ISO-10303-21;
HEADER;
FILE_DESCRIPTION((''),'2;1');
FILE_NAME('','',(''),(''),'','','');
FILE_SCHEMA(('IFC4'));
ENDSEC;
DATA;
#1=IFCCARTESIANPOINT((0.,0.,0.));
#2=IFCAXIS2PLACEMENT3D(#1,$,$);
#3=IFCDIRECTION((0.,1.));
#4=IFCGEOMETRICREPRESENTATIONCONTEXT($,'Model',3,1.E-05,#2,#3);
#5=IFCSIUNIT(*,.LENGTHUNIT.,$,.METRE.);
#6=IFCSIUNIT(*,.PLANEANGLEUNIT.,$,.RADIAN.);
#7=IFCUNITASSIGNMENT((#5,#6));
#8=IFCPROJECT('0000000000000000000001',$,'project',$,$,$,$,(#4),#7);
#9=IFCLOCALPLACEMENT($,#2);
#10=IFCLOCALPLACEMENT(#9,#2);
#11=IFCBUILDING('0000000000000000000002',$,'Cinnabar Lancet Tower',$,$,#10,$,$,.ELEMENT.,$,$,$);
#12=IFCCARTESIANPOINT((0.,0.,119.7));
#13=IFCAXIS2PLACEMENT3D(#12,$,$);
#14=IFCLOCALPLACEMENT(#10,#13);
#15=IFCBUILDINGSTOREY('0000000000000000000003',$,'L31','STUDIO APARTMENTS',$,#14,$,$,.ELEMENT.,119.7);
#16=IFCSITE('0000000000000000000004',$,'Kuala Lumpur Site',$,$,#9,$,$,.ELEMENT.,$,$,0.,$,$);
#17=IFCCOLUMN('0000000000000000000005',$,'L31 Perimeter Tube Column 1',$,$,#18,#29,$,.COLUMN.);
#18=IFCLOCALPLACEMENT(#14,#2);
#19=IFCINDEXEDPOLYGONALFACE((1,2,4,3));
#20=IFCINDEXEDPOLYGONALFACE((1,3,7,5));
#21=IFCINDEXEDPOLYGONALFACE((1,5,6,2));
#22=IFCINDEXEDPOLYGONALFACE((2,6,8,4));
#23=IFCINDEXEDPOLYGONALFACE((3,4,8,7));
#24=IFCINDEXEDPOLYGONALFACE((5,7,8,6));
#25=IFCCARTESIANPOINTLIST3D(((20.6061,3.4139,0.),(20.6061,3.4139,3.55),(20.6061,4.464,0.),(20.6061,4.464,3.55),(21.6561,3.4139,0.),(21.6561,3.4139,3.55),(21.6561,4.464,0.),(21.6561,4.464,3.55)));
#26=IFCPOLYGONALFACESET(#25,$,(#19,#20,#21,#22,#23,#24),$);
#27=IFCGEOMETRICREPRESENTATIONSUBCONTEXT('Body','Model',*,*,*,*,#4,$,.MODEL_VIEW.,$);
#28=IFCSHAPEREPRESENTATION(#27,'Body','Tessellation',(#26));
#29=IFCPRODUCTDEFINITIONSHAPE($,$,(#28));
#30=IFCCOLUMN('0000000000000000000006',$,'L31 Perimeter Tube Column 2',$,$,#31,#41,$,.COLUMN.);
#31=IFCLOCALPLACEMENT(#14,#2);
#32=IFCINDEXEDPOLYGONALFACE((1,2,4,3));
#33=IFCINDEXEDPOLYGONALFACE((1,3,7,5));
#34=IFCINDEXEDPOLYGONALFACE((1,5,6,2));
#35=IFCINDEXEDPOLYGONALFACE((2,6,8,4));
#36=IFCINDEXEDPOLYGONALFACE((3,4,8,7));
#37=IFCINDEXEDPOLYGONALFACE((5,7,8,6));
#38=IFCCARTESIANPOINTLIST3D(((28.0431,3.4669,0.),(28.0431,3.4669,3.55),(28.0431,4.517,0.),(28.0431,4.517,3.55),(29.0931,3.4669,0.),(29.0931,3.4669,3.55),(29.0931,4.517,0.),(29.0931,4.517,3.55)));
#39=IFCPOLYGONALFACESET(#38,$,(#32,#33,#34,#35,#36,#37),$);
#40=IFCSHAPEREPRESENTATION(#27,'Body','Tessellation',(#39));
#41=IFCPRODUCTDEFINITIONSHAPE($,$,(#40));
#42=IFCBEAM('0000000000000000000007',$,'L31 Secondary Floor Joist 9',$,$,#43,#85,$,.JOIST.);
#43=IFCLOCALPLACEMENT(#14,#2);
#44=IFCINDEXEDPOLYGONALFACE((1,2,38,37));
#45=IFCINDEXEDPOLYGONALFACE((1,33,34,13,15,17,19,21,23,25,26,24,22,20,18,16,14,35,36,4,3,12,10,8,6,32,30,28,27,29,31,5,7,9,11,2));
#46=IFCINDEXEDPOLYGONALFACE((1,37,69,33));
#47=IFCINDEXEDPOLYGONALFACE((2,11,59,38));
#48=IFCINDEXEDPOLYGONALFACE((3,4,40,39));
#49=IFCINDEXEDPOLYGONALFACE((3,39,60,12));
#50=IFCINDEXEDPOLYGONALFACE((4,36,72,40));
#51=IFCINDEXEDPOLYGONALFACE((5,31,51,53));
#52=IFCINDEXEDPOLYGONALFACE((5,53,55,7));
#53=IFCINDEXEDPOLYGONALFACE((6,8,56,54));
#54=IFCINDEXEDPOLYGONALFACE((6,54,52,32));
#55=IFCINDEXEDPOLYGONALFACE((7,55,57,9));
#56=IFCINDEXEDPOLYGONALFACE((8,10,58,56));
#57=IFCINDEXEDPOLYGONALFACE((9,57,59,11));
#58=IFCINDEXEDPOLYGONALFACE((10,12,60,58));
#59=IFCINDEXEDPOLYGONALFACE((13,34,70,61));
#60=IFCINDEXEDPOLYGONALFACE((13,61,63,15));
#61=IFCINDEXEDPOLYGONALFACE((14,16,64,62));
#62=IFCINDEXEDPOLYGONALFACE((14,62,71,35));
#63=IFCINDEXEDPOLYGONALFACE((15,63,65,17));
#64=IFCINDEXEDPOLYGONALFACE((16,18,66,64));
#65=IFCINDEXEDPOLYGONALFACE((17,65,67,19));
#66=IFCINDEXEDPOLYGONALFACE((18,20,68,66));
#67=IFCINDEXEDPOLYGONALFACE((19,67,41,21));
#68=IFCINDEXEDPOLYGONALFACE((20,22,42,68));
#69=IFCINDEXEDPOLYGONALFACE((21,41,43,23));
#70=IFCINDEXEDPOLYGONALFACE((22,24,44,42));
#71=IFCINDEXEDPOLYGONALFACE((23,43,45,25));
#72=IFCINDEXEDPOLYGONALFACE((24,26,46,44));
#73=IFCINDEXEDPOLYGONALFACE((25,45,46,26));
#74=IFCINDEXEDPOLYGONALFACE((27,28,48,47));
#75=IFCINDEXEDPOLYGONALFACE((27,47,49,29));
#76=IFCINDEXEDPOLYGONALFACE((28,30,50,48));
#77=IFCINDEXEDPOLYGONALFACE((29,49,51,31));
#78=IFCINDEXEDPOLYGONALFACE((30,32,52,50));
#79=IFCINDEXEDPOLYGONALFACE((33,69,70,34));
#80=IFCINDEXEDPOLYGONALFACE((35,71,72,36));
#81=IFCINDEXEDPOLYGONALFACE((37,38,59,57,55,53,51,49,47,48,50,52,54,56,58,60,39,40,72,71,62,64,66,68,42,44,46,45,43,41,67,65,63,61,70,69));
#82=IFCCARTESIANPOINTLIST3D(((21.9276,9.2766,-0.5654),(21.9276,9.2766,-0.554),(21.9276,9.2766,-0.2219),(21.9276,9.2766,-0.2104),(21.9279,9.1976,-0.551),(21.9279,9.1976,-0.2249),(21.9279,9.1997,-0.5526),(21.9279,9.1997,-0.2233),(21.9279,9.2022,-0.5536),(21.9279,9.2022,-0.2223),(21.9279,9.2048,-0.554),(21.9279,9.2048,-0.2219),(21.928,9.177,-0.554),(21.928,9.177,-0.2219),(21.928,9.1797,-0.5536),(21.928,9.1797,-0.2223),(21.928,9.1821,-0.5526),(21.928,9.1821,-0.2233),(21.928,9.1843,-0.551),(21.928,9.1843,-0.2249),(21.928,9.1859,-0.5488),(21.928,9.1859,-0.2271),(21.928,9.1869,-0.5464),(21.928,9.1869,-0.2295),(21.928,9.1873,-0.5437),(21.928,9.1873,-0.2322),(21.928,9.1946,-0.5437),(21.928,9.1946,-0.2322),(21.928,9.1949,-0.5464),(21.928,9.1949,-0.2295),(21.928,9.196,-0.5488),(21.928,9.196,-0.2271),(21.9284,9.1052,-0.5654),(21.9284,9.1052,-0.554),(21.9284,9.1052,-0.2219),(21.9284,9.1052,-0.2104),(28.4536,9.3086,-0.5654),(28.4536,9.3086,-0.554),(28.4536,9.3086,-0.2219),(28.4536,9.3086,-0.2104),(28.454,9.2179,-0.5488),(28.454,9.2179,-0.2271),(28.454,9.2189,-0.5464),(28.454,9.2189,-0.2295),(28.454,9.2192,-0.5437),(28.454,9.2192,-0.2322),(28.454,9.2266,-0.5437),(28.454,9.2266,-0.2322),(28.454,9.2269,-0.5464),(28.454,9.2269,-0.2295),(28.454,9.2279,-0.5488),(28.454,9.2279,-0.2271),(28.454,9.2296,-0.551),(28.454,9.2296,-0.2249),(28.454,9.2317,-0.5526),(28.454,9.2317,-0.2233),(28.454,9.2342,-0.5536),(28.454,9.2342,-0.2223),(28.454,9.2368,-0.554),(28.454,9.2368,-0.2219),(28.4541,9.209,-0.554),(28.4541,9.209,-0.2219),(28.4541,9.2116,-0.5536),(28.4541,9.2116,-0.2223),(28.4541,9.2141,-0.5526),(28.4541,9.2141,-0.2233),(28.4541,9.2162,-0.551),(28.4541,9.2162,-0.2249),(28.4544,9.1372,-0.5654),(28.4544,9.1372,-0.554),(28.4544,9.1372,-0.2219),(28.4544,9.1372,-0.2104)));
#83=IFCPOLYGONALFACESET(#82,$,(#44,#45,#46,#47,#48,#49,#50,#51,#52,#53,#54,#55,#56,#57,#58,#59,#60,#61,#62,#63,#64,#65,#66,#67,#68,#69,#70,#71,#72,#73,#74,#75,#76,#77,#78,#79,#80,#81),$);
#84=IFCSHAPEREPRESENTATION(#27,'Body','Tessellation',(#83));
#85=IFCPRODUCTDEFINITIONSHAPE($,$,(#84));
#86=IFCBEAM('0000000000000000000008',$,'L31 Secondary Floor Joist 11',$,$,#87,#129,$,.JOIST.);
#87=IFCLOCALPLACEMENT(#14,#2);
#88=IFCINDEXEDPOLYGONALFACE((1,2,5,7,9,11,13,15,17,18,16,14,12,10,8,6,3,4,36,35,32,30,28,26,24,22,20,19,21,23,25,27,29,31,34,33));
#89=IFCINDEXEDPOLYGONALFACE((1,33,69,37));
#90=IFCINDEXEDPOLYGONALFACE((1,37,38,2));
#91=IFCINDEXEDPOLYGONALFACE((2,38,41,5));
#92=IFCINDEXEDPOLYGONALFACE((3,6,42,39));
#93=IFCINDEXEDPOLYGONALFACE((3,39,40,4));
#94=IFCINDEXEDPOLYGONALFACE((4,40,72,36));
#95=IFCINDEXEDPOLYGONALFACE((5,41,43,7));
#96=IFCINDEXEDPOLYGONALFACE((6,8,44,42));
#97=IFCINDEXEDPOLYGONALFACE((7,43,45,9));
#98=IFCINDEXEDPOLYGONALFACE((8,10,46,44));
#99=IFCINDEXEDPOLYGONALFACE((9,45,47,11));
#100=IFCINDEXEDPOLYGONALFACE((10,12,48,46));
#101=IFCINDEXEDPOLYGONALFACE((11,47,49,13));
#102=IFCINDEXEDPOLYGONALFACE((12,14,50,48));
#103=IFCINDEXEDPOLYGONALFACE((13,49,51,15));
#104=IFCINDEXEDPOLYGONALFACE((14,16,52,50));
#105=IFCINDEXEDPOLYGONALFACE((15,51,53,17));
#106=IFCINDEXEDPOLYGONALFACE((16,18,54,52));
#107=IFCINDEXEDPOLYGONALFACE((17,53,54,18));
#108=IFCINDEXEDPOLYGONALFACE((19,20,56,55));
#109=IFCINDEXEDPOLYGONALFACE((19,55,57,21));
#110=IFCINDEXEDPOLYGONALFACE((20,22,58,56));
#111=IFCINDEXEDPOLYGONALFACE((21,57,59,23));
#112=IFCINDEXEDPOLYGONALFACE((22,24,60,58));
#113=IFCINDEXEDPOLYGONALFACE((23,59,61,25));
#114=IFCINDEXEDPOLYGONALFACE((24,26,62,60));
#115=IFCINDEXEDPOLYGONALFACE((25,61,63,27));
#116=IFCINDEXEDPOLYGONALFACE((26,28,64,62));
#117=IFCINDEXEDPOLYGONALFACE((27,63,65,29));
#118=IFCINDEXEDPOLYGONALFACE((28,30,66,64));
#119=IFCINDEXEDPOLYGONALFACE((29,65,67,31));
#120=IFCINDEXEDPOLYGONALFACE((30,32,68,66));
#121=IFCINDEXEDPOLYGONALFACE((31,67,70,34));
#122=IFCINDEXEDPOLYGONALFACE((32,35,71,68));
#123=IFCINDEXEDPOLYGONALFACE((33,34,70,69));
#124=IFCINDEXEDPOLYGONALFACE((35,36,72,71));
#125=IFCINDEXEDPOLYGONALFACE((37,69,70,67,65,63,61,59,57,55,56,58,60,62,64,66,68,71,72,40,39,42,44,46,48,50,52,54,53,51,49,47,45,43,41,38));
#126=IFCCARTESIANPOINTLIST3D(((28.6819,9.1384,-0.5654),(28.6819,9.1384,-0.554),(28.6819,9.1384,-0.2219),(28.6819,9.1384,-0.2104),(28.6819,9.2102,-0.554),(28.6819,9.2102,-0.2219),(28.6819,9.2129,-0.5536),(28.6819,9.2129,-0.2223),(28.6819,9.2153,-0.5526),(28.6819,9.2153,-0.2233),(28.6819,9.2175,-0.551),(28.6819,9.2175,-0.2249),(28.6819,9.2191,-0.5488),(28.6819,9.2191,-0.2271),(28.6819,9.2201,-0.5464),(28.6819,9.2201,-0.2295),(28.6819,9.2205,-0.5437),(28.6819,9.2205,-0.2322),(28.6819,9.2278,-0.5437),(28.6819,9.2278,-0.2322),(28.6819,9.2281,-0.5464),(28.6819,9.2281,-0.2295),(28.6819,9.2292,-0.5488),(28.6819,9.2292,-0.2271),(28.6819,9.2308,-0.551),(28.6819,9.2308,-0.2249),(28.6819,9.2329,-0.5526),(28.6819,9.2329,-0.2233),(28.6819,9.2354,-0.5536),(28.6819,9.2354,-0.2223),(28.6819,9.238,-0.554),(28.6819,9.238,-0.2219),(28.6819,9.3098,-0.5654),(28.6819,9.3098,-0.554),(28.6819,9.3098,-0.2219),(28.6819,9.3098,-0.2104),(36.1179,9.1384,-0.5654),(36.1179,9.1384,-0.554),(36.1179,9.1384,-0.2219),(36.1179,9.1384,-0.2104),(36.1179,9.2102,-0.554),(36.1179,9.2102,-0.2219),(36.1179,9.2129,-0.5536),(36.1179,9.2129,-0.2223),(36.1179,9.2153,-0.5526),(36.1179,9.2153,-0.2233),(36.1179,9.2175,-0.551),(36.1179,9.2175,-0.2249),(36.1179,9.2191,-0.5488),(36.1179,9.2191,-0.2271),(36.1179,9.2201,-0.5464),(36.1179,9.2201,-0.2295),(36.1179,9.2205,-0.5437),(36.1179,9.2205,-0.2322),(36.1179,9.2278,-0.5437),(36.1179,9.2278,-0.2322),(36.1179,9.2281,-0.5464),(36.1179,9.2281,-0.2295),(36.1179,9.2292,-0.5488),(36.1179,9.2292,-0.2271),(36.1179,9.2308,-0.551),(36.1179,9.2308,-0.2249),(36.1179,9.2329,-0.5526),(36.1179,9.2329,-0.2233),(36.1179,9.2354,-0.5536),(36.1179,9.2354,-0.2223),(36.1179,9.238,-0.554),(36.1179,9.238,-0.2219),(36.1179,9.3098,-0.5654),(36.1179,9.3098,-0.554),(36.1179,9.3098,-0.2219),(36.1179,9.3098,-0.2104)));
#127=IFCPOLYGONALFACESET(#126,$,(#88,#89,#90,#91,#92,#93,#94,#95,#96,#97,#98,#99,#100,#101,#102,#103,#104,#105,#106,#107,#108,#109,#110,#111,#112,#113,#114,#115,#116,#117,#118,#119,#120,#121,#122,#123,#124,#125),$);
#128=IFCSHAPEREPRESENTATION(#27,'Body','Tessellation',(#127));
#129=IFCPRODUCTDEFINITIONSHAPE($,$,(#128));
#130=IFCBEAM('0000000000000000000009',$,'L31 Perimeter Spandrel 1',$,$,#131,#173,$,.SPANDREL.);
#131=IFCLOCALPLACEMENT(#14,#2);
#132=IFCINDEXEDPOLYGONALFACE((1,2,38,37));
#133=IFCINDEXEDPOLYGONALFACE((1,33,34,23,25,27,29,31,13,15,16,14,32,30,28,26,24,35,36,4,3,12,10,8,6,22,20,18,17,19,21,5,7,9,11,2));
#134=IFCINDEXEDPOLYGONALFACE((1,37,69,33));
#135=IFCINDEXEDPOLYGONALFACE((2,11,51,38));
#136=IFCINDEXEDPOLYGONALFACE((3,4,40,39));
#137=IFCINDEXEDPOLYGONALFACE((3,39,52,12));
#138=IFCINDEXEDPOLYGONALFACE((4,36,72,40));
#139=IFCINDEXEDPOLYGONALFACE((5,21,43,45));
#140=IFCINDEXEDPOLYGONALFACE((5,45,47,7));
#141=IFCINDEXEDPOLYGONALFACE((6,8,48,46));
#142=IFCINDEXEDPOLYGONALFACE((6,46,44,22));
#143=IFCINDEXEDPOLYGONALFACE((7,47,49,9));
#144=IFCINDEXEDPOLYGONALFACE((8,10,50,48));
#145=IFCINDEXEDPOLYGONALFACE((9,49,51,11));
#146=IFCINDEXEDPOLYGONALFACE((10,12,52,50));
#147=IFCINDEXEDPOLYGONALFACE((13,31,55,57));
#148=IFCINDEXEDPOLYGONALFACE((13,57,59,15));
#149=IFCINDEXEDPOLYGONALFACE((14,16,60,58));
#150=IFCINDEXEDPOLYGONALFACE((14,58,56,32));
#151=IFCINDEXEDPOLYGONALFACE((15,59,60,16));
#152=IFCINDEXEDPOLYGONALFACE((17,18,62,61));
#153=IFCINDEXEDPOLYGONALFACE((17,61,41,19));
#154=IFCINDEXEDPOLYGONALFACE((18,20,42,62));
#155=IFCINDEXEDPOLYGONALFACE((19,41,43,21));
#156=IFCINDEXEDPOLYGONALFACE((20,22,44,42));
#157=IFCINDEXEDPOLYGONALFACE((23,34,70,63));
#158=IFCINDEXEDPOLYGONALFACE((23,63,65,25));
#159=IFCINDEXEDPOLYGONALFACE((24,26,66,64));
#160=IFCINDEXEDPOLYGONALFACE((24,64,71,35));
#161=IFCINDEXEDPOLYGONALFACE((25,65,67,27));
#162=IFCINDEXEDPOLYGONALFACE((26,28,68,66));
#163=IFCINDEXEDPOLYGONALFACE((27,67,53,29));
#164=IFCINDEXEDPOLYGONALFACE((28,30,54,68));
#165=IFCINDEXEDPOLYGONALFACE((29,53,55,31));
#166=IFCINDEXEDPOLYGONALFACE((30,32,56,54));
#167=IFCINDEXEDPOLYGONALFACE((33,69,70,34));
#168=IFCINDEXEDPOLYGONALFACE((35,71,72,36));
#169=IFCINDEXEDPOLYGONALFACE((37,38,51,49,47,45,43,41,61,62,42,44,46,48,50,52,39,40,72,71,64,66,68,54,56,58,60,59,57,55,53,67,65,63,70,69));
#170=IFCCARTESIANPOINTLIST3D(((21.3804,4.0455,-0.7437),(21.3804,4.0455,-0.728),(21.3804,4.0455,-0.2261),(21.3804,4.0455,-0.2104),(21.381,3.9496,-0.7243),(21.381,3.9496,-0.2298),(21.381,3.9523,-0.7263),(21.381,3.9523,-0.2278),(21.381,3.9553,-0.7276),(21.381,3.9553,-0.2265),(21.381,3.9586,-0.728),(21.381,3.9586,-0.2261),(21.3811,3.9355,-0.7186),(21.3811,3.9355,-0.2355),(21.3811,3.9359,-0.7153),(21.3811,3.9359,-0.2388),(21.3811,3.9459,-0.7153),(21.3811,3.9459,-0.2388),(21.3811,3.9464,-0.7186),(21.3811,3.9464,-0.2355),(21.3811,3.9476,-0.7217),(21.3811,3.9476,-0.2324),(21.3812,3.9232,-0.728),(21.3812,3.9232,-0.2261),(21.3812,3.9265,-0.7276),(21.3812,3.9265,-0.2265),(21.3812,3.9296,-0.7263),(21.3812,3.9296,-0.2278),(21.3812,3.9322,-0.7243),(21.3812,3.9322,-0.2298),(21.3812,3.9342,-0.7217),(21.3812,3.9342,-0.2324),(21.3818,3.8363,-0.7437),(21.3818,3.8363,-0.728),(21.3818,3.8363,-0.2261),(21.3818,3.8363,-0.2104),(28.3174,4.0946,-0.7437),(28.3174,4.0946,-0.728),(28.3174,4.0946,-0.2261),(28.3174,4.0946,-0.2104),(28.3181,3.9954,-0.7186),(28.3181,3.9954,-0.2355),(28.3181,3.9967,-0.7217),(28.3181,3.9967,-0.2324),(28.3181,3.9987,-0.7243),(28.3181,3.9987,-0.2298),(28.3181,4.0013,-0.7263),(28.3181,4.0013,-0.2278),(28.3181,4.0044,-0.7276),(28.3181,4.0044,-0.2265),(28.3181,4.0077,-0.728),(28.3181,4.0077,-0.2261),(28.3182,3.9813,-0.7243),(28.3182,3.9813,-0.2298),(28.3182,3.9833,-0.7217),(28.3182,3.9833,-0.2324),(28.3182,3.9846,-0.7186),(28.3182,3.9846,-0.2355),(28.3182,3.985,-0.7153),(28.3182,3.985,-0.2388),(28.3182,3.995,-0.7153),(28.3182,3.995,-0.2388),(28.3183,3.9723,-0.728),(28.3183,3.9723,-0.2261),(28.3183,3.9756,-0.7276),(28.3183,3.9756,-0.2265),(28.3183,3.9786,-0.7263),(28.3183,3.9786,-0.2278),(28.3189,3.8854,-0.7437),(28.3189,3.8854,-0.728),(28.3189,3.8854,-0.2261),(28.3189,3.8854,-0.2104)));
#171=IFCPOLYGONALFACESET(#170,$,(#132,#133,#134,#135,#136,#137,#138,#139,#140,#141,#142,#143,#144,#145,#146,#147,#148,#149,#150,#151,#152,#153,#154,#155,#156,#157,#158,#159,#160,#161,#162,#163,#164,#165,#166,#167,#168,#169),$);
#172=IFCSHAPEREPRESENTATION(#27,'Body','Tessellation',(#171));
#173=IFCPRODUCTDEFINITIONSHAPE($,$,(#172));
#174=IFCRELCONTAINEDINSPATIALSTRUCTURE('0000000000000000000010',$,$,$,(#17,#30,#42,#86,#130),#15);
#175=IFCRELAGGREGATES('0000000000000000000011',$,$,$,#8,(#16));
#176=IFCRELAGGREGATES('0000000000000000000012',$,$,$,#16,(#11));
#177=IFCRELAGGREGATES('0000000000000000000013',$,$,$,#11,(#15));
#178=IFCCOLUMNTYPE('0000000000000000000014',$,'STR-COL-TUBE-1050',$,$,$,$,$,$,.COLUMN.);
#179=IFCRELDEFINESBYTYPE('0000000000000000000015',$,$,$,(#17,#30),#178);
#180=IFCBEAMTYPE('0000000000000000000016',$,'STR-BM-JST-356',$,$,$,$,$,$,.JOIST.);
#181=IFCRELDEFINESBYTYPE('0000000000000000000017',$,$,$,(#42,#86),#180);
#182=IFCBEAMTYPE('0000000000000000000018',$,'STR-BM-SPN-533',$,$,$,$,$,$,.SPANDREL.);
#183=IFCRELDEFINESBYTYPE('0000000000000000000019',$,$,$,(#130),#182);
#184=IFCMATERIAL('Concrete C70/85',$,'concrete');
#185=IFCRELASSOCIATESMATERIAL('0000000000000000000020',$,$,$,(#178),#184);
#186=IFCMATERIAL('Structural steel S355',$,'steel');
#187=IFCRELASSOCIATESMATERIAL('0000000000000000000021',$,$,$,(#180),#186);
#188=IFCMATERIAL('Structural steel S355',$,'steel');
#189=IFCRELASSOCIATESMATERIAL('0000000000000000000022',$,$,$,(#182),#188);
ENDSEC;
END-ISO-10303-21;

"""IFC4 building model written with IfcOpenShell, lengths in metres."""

from ifc_helpers import new_model, si_unit, direction, frame, origin, origin_2d, place, context, subcontext, project, spatial, rectangle, i_section, extrude, material, material_profile, profile_set, type_object, element, save


model = new_model("IFC4")

# Units and contexts
model_context = context("Model", 3, precision=1e-05, world=origin(), true_north=direction((0.0, 1.0)))
body_context = subcontext(model_context, "Body", "Model", "MODEL_VIEW")
ifc_project = project(units=[si_unit("LENGTHUNIT", "METRE"), si_unit("PLANEANGLEUNIT", "RADIAN")], contexts=[model_context])

# Site, building, storey
site_placement = place(None, origin())
site = spatial("IfcSite", under=ifc_project, at=site_placement, Name="Kuala Lumpur Site", CompositionType="ELEMENT", RefElevation=0.0)
building_placement = place(site_placement, origin())
building = spatial("IfcBuilding", under=site, at=building_placement, Name="Cinnabar Lancet Tower", CompositionType="ELEMENT")
storey_placement = place(building_placement, frame((0.0, 0.0, 119.7)))
storey = spatial("IfcBuildingStorey", under=building, at=storey_placement, Name="L31", Description="STUDIO APARTMENTS", CompositionType="ELEMENT", Elevation=119.7)

# Columns
ifc_material_1 = material(Name="Concrete C70/85", Category="concrete")
ifc_material_profile_1 = material_profile(ifc_material_1, rectangle(XDim=1.05, YDim=1.05, at=origin_2d()), Name="RC-COL 1050x1050")
ifc_profile_set_1 = profile_set([ifc_material_profile_1], Name="Concrete C70/85")
column_type = type_object("IfcColumnType", Name="STR-COL-TUBE-1050", PredefinedType="COLUMN", material=ifc_profile_set_1)
for number, where, z_axis, x_axis, name in (
    (1, (21.1311, 3.939, 0.0), (0.0, 0.0, 1.0), (1.0, 0.0, 0.0), "L31 Perimeter Tube Column 1"),
    (2, (28.5681, 3.9919, 0.0), (0.0, 0.0, 1.0), (1.0, 0.0, 0.0), "L31 Perimeter Tube Column 2"),
):
    element("IfcColumn", number, at=place(storey_placement, frame(where, z_axis=z_axis, x_axis=x_axis)), inside=storey, type_object=column_type, Name=name, PredefinedType="COLUMN", context=body_context, shape_type="SweptSolid", body=[
        extrude(rectangle(XDim=1.05, YDim=1.05, at=origin_2d()), origin(), (0.0, 0.0, 1.0), 3.55),
    ])

# Beams
ifc_material_2 = material(Name="Structural steel S355", Category="steel")
ifc_material_profile_2 = material_profile(ifc_material_2, i_section(OverallWidth=0.1714, OverallDepth=0.355, WebThickness=0.0073, FlangeThickness=0.0115, FilletRadius=0.0103, at=origin_2d()), Name="UKB 356x171x51")
ifc_profile_set_2 = profile_set([ifc_material_profile_2], Name="Structural steel S355")
beam_type_1 = type_object("IfcBeamType", Name="STR-BM-JST-356", PredefinedType="JOIST", material=ifc_profile_set_2)
beam_1_placement = place(storey_placement, frame((21.928, 9.1909, -0.3879), z_axis=(0.999988, 0.004901, 0.0), x_axis=(-0.004901, 0.999988, 0.0)))
element("IfcBeam", 3, at=beam_1_placement, inside=storey, type_object=beam_type_1, Name="L31 Secondary Floor Joist 9", PredefinedType="JOIST", context=body_context, shape_type="SweptSolid", body=[
    extrude(i_section(OverallWidth=0.1714, OverallDepth=0.355, WebThickness=0.0073, FlangeThickness=0.0115, FilletRadius=0.0103, at=origin_2d()), origin(), (0.0, 0.0, 1.0), 6.5261),
])
beam_2_placement = place(storey_placement, frame((28.6819, 9.2241, -0.3879), z_axis=(1.0, 0.0, 0.0), x_axis=(0.0, 1.0, 0.0)))
element("IfcBeam", 4, at=beam_2_placement, inside=storey, type_object=beam_type_1, Name="L31 Secondary Floor Joist 11", PredefinedType="JOIST", context=body_context, shape_type="SweptSolid", body=[
    extrude(i_section(OverallWidth=0.1714, OverallDepth=0.355, WebThickness=0.0073, FlangeThickness=0.0115, FilletRadius=0.0103, at=origin_2d()), origin(), (0.0, 0.0, 1.0), 7.436),
])
ifc_material_3 = material(Name="Structural steel S355", Category="steel")
ifc_material_profile_3 = material_profile(ifc_material_3, i_section(OverallWidth=0.2092, OverallDepth=0.5332, WebThickness=0.01, FlangeThickness=0.0156, FilletRadius=0.0127, at=origin_2d()), Name="UKB 533x210x92")
ifc_profile_set_3 = profile_set([ifc_material_profile_3], Name="Structural steel S355")
beam_type_2 = type_object("IfcBeamType", Name="STR-BM-SPN-533", PredefinedType="SPANDREL", material=ifc_profile_set_3)
beam_3_placement = place(storey_placement, frame((21.3811, 3.9409, -0.4771), z_axis=(0.999975, 0.007074, 0.0), x_axis=(-0.007074, 0.999975, 0.0)))
element("IfcBeam", 5, at=beam_3_placement, inside=storey, type_object=beam_type_2, Name="L31 Perimeter Spandrel 1", PredefinedType="SPANDREL", context=body_context, shape_type="SweptSolid", body=[
    extrude(i_section(OverallWidth=0.2092, OverallDepth=0.5332, WebThickness=0.01, FlangeThickness=0.0156, FilletRadius=0.0127, at=origin_2d()), origin(), (0.0, 0.0, 1.0), 6.9373),
])

save(model, "model.ifc")
